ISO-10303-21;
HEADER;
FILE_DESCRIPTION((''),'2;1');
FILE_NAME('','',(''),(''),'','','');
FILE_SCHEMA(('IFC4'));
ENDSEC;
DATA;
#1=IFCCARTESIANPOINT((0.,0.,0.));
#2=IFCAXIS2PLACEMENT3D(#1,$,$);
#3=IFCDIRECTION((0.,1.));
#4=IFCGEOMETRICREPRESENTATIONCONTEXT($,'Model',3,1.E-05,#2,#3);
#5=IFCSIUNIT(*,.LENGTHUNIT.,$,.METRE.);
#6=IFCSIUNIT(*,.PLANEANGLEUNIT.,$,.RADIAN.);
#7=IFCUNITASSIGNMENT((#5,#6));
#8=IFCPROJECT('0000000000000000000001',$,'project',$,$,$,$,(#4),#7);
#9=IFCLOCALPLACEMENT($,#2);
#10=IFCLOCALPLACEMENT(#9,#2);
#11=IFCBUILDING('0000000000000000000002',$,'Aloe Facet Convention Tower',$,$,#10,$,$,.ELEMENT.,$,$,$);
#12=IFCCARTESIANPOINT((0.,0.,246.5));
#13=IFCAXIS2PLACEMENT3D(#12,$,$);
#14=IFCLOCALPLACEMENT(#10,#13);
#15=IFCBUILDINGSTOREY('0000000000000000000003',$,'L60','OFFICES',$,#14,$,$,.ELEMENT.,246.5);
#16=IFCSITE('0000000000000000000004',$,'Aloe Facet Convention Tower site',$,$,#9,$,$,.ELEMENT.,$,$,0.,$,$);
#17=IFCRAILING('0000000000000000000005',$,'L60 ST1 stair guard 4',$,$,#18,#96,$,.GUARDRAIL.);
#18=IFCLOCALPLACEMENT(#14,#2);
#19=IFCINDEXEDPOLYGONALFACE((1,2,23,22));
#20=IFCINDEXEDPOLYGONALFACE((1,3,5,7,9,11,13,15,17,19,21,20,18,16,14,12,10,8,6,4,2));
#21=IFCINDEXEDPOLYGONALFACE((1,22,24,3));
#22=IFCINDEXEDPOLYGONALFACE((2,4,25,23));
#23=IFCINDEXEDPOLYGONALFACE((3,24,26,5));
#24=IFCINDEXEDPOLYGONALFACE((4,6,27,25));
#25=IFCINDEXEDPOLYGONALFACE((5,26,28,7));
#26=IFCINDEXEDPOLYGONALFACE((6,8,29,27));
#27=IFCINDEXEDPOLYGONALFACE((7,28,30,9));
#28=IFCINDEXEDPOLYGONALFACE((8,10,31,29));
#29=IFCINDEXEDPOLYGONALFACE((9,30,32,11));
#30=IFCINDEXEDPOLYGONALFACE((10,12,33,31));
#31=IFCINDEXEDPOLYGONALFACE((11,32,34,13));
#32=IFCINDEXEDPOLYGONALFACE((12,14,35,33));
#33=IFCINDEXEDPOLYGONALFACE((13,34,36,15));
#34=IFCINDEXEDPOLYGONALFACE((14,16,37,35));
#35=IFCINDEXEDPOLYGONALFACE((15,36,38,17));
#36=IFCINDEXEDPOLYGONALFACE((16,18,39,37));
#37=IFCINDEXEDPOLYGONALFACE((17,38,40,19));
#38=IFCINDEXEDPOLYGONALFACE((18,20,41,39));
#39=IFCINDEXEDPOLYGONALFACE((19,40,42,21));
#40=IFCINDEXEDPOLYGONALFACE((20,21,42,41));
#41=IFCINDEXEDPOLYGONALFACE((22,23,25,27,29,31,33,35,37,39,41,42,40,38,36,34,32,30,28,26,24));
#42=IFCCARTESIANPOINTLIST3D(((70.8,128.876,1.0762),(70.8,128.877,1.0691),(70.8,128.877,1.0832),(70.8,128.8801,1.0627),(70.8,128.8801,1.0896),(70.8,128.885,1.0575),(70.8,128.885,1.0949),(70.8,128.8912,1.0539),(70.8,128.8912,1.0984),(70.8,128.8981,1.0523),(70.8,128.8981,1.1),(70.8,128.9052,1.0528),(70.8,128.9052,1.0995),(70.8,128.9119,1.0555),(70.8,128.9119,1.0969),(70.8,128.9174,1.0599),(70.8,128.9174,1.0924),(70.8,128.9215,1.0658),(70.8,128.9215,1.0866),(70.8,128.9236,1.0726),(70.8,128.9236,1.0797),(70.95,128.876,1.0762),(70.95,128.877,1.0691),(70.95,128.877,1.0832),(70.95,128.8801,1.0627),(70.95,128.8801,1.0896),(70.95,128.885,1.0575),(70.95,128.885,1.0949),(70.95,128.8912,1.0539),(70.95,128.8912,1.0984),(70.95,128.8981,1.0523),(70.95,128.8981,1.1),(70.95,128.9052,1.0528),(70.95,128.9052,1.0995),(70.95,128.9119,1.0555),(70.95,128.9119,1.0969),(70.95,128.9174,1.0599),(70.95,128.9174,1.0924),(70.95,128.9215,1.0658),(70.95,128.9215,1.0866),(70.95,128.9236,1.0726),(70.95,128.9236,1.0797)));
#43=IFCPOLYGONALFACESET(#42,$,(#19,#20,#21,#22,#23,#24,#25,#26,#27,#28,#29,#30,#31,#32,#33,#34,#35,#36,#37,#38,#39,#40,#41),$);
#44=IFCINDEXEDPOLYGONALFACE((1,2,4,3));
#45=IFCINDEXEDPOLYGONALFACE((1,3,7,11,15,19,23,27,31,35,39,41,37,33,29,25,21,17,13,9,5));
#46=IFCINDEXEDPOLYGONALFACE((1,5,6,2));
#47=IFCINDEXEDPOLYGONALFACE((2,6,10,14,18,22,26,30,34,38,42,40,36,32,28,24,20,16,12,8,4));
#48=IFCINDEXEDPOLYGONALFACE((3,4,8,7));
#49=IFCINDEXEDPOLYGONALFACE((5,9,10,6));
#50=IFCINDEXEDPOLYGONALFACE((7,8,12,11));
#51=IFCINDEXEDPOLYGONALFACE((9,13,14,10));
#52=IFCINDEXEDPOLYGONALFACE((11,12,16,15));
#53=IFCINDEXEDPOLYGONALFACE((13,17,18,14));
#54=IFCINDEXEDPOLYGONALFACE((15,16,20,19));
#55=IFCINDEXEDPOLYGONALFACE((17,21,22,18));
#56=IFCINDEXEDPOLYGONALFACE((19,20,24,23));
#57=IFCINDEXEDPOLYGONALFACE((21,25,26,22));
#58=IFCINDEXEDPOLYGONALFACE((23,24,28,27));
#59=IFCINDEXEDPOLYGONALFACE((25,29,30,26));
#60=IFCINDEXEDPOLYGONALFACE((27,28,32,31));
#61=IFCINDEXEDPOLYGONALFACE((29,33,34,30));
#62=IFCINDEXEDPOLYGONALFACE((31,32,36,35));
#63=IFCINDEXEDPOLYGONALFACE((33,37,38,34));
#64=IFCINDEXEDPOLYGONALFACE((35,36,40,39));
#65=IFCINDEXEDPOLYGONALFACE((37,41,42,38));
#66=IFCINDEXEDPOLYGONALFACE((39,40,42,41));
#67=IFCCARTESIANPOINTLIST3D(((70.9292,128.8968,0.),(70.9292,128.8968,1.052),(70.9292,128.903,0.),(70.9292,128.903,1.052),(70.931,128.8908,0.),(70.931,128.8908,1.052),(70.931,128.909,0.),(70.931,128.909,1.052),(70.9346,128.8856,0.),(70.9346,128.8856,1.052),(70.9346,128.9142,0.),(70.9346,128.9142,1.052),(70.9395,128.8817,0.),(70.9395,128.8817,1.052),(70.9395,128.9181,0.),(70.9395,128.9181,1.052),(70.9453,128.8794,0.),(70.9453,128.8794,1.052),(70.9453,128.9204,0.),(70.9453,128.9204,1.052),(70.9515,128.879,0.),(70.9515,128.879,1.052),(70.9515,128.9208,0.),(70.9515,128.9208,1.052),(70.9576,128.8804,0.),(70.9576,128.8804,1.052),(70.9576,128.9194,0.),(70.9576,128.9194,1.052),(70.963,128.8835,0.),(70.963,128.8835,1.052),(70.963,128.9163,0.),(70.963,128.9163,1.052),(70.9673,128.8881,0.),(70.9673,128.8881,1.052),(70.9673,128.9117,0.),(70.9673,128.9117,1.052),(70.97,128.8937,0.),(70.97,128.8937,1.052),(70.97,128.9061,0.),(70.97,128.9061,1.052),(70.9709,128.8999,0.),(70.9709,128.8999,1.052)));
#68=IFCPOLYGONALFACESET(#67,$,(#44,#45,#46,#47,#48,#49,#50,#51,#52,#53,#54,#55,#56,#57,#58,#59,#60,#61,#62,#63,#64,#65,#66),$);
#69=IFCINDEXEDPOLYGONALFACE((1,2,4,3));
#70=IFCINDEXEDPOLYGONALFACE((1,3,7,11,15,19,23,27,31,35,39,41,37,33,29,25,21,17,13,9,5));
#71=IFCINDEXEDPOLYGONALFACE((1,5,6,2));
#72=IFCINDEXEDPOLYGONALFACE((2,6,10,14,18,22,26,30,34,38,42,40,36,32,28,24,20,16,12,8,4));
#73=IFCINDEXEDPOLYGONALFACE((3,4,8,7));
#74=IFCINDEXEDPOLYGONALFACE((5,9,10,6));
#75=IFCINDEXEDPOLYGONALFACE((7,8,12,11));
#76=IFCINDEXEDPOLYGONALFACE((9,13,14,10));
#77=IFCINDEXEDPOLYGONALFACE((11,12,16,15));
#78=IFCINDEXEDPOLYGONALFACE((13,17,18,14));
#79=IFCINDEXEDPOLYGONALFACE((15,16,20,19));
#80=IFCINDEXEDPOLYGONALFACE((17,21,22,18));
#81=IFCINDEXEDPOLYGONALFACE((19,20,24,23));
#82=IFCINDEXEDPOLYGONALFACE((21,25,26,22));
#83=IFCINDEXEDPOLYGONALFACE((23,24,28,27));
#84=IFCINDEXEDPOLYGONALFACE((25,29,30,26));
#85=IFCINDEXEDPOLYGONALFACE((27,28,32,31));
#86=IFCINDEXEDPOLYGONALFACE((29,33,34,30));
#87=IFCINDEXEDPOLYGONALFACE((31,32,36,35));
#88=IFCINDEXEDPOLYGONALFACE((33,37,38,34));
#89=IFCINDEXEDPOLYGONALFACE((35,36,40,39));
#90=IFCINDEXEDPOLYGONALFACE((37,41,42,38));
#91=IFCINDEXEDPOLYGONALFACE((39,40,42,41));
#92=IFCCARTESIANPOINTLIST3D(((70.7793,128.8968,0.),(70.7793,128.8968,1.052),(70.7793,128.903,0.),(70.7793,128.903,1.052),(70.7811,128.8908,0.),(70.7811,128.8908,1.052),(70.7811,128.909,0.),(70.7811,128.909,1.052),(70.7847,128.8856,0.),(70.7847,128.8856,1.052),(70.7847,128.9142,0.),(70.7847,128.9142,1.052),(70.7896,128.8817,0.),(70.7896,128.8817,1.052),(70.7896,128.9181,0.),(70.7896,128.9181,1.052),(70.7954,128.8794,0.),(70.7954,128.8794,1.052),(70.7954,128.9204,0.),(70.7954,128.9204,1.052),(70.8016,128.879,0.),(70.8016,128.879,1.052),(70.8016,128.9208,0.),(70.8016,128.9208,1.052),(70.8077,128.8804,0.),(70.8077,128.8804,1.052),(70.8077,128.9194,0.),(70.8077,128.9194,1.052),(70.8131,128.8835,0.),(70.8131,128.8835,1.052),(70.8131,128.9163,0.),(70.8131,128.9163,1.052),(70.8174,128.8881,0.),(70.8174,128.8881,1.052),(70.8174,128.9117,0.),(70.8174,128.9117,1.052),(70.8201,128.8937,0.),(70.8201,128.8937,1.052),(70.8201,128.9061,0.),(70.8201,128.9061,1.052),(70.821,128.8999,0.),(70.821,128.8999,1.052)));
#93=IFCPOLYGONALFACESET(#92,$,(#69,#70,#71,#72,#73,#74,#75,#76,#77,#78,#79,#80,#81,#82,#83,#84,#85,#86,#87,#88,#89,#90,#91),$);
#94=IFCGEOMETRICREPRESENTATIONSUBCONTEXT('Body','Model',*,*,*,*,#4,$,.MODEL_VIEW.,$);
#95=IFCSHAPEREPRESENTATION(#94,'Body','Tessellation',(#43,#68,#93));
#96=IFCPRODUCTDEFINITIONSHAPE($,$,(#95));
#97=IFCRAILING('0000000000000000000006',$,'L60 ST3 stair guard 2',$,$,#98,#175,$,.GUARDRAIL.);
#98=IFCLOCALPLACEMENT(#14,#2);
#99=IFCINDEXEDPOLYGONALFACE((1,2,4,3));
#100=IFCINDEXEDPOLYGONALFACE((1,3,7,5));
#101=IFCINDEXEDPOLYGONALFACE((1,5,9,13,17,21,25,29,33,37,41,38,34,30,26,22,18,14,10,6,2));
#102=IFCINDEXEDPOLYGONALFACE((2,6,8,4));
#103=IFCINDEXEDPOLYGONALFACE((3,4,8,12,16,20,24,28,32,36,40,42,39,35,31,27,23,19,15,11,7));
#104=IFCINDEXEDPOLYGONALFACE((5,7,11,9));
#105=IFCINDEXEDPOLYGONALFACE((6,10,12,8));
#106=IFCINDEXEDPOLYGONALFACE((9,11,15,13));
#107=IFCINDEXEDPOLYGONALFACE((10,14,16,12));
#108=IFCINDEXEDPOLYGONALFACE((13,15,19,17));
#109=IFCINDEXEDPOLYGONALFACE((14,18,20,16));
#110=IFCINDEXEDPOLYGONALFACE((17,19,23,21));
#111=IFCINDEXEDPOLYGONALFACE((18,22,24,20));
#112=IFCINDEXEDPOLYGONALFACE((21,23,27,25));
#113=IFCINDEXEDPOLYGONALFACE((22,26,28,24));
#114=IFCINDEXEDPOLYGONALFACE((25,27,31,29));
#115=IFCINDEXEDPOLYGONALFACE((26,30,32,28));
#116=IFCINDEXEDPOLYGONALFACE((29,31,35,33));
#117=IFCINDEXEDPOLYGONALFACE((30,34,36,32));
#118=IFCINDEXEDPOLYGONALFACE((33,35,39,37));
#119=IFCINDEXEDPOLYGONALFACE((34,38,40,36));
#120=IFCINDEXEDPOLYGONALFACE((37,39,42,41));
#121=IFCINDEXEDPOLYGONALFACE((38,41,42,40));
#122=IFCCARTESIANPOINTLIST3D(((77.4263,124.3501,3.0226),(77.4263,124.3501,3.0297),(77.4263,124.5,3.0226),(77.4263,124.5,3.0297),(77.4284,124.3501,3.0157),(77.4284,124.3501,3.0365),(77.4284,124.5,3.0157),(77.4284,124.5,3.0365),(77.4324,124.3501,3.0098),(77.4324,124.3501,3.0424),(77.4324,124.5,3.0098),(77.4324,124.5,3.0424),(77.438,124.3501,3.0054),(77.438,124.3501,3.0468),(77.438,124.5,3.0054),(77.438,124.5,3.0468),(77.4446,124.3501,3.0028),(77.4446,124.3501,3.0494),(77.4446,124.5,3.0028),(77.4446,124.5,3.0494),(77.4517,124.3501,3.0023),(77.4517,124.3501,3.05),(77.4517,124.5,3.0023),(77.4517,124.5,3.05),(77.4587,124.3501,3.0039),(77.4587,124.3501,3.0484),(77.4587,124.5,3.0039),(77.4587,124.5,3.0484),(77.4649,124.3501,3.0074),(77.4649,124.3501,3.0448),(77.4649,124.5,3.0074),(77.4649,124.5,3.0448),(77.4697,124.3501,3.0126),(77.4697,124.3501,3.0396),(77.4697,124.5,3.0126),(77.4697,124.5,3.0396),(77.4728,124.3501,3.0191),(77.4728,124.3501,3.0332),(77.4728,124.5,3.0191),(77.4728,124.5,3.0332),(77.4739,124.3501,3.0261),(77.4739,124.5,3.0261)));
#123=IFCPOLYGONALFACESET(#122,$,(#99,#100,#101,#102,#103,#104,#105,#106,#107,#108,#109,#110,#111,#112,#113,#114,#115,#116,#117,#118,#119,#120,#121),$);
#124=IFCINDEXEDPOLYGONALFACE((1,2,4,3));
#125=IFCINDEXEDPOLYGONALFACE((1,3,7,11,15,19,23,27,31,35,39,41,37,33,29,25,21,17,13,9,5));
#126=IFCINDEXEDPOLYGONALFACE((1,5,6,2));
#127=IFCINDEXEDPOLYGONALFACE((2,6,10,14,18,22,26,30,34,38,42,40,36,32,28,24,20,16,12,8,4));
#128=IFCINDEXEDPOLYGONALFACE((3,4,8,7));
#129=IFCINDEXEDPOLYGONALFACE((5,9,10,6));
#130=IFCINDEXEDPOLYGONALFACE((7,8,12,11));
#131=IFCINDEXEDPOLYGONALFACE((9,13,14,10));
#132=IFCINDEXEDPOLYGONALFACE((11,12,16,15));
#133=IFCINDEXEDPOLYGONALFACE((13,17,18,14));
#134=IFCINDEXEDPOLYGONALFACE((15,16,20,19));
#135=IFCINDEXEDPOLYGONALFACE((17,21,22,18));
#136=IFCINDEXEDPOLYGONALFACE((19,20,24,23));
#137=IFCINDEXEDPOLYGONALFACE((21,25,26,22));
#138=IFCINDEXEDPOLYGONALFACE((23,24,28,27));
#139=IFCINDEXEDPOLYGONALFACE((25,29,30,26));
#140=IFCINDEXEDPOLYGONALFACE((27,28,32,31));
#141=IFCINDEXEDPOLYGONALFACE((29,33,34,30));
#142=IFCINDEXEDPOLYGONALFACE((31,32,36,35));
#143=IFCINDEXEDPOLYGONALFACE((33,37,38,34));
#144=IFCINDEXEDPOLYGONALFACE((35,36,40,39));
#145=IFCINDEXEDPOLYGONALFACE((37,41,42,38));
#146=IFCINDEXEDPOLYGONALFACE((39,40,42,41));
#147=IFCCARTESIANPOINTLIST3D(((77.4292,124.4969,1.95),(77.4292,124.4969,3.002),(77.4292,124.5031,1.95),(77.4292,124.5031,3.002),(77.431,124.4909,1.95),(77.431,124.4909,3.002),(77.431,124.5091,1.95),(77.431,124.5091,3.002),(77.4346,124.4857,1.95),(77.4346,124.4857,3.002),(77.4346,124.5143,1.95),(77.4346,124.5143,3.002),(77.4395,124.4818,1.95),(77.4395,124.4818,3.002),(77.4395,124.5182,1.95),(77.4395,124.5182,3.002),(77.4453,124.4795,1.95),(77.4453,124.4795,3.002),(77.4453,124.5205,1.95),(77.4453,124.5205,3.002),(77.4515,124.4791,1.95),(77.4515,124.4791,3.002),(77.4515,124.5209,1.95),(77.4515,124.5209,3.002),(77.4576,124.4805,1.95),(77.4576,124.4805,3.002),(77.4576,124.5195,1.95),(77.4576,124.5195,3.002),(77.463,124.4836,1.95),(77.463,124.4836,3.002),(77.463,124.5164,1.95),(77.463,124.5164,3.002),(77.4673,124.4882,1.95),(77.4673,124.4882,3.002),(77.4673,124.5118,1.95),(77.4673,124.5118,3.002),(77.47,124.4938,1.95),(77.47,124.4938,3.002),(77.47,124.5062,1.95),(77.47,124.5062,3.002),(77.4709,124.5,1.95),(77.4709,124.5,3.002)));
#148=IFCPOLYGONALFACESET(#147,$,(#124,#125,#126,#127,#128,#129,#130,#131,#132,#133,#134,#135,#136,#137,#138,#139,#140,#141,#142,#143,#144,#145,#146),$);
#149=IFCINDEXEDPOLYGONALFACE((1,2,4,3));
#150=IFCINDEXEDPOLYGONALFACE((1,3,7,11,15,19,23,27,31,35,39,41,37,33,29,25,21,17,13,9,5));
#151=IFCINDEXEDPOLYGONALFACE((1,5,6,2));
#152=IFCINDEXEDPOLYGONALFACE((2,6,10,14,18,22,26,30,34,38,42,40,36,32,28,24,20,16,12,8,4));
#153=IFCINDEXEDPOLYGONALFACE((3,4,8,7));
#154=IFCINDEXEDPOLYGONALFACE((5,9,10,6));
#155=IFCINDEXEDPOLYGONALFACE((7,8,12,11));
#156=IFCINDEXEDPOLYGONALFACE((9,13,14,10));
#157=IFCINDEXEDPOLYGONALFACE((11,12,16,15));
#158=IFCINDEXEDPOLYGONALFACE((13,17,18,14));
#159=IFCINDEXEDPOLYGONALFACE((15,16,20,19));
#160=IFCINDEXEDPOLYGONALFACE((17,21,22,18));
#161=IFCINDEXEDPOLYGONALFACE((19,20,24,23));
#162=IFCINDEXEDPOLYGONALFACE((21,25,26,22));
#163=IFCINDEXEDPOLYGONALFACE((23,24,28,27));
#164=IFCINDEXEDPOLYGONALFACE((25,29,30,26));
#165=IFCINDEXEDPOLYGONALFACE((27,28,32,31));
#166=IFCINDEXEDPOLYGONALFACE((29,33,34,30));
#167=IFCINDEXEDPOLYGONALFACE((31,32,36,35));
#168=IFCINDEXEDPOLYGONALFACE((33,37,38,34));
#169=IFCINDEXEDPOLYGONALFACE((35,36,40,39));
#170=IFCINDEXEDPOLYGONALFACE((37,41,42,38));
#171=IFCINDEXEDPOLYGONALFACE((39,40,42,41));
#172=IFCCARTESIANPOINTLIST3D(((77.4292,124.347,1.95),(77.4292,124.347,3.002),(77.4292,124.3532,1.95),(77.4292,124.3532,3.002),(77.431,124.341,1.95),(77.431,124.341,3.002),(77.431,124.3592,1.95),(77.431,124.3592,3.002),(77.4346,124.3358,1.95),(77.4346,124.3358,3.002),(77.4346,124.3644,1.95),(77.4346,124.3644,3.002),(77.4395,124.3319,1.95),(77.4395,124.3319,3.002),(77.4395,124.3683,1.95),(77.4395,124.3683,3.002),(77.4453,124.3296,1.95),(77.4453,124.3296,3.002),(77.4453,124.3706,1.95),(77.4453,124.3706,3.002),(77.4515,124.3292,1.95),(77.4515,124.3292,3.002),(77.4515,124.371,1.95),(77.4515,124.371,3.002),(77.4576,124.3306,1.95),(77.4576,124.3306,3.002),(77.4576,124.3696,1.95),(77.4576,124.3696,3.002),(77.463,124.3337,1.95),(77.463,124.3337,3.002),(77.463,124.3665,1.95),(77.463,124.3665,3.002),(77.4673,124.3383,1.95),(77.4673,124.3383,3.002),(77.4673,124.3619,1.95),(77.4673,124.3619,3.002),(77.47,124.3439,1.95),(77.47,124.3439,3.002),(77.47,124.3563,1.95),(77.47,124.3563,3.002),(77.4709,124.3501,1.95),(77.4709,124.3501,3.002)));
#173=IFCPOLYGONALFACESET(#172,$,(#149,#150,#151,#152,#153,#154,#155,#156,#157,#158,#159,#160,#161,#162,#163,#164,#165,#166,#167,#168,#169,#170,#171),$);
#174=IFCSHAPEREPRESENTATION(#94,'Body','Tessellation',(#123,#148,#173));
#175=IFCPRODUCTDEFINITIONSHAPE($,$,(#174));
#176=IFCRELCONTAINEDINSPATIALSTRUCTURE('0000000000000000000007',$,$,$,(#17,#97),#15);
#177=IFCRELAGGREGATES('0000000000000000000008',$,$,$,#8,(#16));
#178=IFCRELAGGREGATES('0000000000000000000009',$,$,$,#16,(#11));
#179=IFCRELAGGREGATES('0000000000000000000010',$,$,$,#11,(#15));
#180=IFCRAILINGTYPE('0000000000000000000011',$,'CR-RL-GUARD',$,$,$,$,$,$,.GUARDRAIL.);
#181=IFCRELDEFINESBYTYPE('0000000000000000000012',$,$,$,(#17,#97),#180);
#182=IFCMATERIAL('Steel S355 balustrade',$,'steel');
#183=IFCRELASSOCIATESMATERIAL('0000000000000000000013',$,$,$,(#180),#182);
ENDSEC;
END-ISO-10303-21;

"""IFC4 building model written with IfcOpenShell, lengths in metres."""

from ifc_helpers import new_model, si_unit, direction, frame, origin, origin_2d, place, context, subcontext, project, spatial, circle, extrude, material, type_object, element, save


model = new_model("IFC4")

# Units and contexts
model_context = context("Model", 3, precision=1e-05, world=origin(), true_north=direction((0.0, 1.0)))
body_context = subcontext(model_context, "Body", "Model", "MODEL_VIEW")
ifc_project = project(units=[si_unit("LENGTHUNIT", "METRE"), si_unit("PLANEANGLEUNIT", "RADIAN")], contexts=[model_context])

# Site, building, storey
site_placement = place(None, origin())
site = spatial("IfcSite", under=ifc_project, at=site_placement, Name="Aloe Facet Convention Tower site", CompositionType="ELEMENT", RefElevation=0.0)
building_placement = place(site_placement, origin())
building = spatial("IfcBuilding", under=site, at=building_placement, Name="Aloe Facet Convention Tower", CompositionType="ELEMENT")
storey_placement = place(building_placement, frame((0.0, 0.0, 246.5)))
storey = spatial("IfcBuildingStorey", under=building, at=storey_placement, Name="L60", Description="OFFICES", CompositionType="ELEMENT", Elevation=246.5)

# Railings
ifc_material_1 = material(Name="Steel S355 balustrade", Category="steel")
railing_type_1 = type_object("IfcRailingType", Name="CR-RL-GUARD", PredefinedType="GUARDRAIL", material=ifc_material_1)
railing_1_placement = place(storey_placement, frame((70.95, 128.8999, 0.0)))
element("IfcRailing", 1, at=railing_1_placement, inside=storey, type_object=railing_type_1, Name="L60 ST1 stair guard 4", PredefinedType="GUARDRAIL", context=body_context, shape_type="SweptSolid", body=[
    extrude(circle(Radius=0.0239, at=origin_2d()), frame((0.0, 0.0, 1.0762), z_axis=(-1.0, 0.0, 0.0), x_axis=(0.0, -1.0, 0.0)), (0.0, 0.0, 1.0), 0.1499),
    extrude(circle(Radius=0.021, at=origin_2d()), origin(), (0.0, 0.0, 1.0), 1.052),
    extrude(circle(Radius=0.021, at=origin_2d()), frame((-0.1499, 0.0, 0.0)), (0.0, 0.0, 1.0), 1.052),
])
railing_2_placement = place(storey_placement, frame((77.45, 124.5, 1.95)))
element("IfcRailing", 2, at=railing_2_placement, inside=storey, type_object=railing_type_1, Name="L60 ST3 stair guard 2", PredefinedType="GUARDRAIL", context=body_context, shape_type="SweptSolid", body=[
    extrude(circle(Radius=0.0239, at=origin_2d()), frame((0.0, 0.0, 1.0762), z_axis=(0.0, -1.0, 0.0), x_axis=(1.0, 0.0, 0.0)), (0.0, 0.0, 1.0), 0.1499),
    extrude(circle(Radius=0.021, at=origin_2d()), origin(), (0.0, 0.0, 1.0), 1.052),
    extrude(circle(Radius=0.021, at=origin_2d()), frame((0.0, -0.1499, 0.0)), (0.0, 0.0, 1.0), 1.052),
])

save(model, "model.ifc")
